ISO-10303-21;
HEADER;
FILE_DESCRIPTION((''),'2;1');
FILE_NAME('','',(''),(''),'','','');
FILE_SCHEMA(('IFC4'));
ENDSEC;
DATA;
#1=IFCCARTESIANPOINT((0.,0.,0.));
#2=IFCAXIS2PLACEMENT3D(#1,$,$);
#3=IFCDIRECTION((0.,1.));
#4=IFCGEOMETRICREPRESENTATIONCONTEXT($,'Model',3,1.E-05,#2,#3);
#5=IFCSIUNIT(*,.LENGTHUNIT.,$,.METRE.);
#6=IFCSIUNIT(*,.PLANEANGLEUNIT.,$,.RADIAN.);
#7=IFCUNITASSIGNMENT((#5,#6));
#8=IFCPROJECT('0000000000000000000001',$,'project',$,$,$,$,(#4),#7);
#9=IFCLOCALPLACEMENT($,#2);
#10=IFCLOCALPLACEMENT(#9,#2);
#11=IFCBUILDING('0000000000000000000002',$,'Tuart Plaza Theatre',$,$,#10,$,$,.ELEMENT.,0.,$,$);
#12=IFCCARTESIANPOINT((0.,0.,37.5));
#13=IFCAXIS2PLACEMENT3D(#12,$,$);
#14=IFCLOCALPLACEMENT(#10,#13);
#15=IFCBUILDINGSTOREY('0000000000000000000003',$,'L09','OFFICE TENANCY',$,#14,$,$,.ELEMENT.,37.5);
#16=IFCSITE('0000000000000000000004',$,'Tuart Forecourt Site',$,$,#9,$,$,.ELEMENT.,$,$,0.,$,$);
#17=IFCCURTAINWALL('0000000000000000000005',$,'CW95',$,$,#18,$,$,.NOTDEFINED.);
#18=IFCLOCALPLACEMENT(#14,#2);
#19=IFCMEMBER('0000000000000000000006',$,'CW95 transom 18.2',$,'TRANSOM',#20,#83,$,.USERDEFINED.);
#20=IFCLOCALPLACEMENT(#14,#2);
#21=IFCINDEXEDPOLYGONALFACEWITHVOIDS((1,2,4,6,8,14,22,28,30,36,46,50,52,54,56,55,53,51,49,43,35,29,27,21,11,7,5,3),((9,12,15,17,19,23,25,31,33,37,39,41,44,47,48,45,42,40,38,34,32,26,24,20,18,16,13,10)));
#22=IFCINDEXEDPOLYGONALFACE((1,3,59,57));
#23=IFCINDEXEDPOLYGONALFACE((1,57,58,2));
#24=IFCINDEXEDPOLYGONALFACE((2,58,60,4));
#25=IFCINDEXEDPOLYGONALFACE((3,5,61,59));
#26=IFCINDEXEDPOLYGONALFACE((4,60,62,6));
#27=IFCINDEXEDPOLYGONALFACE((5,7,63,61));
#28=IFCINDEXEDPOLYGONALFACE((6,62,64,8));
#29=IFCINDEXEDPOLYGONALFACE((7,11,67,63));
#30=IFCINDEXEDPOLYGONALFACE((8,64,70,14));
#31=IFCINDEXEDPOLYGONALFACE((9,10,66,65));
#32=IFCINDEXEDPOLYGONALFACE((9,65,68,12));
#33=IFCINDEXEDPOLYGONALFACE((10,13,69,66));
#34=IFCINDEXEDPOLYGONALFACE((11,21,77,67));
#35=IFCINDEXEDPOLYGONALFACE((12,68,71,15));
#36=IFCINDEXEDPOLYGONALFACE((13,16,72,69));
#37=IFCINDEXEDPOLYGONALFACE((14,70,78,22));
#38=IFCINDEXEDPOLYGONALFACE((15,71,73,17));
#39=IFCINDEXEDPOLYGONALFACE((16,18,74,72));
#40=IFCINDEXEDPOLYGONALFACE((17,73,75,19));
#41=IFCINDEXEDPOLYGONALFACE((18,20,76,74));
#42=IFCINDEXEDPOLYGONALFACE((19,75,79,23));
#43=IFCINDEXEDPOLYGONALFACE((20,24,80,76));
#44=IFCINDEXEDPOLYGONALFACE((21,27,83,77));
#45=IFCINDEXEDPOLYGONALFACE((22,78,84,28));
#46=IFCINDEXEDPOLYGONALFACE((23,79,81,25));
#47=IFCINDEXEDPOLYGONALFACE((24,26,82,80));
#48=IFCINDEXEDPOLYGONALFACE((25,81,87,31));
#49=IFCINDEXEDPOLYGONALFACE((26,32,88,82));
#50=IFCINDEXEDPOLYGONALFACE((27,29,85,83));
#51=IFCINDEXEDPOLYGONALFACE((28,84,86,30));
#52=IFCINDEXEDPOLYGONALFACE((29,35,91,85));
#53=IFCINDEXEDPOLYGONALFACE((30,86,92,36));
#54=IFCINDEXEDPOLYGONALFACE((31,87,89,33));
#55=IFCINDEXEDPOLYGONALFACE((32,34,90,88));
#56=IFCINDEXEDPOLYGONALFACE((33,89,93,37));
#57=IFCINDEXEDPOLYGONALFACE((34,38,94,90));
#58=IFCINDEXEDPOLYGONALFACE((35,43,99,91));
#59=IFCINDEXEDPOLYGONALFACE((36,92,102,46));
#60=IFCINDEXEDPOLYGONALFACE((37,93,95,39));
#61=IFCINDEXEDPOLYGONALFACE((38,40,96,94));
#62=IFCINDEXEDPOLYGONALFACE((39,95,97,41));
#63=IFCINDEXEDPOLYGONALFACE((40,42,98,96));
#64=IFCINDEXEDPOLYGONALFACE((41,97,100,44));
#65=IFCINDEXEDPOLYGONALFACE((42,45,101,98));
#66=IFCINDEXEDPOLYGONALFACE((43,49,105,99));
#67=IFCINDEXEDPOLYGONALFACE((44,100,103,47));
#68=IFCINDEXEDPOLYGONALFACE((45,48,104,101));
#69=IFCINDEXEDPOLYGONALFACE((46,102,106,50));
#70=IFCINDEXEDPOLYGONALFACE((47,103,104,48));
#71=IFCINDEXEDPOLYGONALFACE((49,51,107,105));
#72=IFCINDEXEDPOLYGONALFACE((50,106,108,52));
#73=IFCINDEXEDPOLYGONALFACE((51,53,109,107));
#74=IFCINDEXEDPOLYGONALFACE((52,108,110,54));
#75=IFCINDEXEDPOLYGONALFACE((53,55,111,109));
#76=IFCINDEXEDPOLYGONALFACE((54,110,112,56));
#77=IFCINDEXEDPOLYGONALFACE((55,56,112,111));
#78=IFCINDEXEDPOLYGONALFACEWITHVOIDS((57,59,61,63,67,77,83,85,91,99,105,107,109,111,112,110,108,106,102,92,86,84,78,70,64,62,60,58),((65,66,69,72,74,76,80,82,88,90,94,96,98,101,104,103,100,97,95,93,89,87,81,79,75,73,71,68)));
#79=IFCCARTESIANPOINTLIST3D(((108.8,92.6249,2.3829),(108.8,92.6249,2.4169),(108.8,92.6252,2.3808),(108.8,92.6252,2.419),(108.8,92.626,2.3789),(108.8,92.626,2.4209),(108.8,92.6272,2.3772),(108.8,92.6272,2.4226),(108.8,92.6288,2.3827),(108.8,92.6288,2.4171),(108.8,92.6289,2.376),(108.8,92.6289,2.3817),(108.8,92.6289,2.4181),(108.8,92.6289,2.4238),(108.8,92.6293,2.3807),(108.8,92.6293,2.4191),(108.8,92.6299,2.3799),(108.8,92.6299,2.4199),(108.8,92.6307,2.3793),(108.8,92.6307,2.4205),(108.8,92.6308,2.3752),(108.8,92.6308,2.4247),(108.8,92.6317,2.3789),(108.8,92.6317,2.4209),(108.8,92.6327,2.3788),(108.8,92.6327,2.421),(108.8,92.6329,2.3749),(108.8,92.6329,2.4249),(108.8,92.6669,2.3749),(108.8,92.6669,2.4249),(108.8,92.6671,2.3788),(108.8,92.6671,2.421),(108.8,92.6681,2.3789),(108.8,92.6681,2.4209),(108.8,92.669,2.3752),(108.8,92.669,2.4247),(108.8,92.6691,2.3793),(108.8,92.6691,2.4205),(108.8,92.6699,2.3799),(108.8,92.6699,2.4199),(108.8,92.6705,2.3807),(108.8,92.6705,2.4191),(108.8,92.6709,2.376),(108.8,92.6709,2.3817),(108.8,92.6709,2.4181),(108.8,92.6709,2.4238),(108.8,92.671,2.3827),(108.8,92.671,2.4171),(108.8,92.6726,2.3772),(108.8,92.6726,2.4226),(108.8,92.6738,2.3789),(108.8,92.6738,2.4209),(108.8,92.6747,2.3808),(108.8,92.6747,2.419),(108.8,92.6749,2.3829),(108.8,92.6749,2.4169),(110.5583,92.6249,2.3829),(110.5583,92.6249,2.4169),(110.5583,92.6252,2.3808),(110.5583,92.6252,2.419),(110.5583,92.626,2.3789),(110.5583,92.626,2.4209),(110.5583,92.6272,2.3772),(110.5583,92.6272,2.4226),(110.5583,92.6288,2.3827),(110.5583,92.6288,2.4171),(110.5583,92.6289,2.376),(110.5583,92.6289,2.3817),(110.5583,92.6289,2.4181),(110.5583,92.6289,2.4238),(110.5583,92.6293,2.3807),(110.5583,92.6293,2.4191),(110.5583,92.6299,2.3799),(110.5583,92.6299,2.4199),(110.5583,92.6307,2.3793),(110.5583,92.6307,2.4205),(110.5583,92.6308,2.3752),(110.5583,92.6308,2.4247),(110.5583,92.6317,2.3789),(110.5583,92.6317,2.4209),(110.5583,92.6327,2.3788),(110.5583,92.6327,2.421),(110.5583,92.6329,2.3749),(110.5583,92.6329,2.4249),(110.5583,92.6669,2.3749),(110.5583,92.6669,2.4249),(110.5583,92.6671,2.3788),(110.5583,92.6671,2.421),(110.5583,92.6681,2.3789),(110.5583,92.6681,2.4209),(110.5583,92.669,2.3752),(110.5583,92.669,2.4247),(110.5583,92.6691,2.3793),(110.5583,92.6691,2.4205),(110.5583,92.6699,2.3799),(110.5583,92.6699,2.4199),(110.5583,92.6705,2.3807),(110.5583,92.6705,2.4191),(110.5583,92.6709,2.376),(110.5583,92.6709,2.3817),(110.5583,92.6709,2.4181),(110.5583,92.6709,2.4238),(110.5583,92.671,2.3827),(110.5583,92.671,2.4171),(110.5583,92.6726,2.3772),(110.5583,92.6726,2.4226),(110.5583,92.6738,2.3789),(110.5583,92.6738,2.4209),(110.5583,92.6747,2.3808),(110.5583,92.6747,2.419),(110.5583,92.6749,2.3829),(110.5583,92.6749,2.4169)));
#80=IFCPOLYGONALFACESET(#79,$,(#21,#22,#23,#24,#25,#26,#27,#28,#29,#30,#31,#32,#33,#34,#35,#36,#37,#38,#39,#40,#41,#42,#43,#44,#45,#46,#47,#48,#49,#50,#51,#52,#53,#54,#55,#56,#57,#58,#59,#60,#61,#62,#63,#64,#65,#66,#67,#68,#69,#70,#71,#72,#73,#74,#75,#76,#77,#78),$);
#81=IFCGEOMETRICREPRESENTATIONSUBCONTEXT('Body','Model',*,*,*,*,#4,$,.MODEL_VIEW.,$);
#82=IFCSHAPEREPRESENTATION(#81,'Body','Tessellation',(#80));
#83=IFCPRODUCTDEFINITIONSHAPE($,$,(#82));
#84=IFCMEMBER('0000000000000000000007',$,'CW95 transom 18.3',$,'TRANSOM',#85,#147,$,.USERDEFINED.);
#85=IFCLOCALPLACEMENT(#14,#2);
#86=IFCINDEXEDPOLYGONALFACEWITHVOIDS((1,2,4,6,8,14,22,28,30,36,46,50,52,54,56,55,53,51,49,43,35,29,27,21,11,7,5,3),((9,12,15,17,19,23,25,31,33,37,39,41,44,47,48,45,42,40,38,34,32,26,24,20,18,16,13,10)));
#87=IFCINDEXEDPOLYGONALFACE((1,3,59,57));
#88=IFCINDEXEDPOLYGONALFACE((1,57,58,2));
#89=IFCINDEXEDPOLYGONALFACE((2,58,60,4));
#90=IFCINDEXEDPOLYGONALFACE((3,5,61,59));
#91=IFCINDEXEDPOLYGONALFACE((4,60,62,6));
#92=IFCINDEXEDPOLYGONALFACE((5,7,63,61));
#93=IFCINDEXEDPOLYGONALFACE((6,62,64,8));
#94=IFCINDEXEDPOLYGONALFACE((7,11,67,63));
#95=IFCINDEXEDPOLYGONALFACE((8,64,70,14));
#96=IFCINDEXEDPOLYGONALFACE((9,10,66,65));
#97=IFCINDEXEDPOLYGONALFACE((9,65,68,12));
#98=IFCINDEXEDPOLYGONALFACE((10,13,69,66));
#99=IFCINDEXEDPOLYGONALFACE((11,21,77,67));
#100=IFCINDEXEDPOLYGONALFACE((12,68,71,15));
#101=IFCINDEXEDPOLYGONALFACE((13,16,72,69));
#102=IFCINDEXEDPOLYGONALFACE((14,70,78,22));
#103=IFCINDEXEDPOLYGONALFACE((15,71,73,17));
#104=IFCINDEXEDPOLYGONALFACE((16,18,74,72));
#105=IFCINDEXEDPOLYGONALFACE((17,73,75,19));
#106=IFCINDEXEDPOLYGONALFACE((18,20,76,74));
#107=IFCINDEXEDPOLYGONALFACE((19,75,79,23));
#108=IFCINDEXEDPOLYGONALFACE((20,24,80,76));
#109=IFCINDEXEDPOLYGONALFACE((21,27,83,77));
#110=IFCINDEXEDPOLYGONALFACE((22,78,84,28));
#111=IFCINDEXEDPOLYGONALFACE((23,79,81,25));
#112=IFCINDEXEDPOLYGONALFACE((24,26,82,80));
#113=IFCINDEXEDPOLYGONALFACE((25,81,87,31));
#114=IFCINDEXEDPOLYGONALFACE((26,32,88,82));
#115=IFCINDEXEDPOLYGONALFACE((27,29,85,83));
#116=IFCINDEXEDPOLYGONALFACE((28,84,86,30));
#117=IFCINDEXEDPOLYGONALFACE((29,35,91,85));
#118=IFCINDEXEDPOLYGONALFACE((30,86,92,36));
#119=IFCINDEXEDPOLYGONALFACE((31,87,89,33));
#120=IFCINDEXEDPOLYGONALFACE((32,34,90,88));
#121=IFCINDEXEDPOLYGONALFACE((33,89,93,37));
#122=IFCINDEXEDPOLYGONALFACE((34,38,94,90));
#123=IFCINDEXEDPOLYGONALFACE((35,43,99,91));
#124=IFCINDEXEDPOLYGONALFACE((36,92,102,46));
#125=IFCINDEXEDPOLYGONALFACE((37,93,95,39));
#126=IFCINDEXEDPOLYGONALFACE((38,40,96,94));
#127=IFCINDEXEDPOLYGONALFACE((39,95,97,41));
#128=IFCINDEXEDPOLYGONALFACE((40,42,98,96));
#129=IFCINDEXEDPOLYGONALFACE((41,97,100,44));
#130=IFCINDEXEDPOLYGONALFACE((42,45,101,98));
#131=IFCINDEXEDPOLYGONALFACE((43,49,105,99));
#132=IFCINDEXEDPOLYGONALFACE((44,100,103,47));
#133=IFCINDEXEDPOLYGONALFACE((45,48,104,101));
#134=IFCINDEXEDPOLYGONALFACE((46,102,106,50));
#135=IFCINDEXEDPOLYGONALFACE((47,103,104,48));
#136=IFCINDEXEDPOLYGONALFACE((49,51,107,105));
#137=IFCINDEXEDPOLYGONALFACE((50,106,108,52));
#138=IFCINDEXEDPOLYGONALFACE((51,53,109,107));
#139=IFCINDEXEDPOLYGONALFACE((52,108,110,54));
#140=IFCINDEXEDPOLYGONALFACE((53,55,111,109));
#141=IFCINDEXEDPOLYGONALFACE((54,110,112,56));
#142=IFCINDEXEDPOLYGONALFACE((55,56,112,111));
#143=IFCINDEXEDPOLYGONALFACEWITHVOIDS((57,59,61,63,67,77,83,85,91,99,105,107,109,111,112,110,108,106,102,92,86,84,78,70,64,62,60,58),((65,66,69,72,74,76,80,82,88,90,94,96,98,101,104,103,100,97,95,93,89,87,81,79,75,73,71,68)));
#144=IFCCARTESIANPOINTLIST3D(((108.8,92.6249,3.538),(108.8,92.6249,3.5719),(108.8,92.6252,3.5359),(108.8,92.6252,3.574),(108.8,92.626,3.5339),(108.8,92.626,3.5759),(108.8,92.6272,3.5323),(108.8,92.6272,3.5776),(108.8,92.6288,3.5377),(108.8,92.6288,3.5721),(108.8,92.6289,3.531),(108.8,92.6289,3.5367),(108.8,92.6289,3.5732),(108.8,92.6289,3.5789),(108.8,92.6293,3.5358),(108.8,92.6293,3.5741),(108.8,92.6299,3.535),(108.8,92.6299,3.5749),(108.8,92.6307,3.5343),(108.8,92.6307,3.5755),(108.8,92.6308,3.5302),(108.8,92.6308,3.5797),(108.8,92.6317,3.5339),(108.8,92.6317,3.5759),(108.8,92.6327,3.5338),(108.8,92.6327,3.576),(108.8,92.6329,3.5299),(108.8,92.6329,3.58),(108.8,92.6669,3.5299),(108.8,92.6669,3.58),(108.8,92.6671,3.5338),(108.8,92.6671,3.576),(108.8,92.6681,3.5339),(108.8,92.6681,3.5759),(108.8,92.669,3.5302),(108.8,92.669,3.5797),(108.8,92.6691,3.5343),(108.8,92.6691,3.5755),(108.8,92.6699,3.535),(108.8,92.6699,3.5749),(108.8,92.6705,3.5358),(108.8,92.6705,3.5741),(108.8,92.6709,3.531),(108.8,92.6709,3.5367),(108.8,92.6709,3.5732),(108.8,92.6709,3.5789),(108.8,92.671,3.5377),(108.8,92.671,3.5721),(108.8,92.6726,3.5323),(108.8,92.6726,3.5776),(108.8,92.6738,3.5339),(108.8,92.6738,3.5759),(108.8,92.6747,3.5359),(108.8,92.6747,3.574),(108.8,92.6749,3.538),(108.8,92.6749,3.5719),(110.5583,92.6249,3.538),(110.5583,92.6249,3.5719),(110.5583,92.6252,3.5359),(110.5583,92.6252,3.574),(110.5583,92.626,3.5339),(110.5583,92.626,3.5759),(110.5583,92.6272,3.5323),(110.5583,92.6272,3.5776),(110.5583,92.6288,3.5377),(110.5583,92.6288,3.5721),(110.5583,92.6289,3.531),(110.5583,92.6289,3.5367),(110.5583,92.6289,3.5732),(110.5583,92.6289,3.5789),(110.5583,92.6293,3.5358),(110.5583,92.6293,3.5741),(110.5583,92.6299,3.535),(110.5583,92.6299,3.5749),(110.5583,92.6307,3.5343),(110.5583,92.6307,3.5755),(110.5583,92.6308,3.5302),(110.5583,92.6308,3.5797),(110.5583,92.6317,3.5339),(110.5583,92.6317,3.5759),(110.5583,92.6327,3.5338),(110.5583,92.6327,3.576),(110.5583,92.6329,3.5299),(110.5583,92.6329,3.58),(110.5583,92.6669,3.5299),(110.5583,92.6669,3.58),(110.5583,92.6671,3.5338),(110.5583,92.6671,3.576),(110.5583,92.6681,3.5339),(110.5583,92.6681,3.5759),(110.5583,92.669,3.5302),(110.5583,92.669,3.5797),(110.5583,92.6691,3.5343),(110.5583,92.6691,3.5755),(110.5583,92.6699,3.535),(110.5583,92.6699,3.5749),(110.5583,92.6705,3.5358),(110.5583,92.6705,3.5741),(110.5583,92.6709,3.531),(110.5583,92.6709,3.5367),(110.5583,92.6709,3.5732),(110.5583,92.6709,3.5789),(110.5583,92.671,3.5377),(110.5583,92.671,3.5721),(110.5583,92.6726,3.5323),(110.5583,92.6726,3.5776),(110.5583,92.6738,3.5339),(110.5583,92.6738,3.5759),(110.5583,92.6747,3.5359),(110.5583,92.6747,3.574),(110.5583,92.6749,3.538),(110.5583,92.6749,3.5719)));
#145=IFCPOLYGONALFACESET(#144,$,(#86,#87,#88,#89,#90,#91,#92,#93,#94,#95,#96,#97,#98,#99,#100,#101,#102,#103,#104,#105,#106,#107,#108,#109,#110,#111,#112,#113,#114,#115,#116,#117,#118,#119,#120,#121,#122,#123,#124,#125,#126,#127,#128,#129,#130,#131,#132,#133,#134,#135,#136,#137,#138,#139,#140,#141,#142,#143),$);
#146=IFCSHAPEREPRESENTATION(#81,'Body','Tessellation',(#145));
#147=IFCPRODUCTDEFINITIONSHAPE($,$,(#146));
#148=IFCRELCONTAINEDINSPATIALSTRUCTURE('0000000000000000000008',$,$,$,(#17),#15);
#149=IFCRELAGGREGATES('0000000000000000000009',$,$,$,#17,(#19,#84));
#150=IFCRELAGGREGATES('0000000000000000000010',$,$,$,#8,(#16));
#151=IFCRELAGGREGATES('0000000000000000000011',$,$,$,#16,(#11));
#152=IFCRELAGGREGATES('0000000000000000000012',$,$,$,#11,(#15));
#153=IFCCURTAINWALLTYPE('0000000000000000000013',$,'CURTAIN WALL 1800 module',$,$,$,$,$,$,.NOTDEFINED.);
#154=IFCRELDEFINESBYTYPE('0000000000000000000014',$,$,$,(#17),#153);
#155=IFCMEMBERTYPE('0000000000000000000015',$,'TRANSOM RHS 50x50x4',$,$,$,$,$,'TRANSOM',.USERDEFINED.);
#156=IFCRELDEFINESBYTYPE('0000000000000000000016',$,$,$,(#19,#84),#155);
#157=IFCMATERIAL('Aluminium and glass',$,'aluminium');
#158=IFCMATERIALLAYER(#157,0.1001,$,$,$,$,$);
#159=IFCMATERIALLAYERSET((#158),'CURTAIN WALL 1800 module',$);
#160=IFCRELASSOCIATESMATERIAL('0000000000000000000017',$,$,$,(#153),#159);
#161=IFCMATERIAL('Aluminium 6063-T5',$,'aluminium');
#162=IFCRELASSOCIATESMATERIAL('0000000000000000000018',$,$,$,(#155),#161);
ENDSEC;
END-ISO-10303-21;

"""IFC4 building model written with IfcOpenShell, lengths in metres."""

from ifc_helpers import new_model, si_unit, direction, frame, origin, origin_2d, place, context, subcontext, project, spatial, hollow_rectangle, extrude, material, layer, layer_set, material_profile, profile_set, type_object, element, aggregate, save


model = new_model("IFC4")

# Units and contexts
model_context = context("Model", 3, precision=1e-05, world=origin(), true_north=direction((0.0, 1.0)))
body_context = subcontext(model_context, "Body", "Model", "MODEL_VIEW")
ifc_project = project(units=[si_unit("LENGTHUNIT", "METRE"), si_unit("PLANEANGLEUNIT", "RADIAN")], contexts=[model_context])

# Site, building, storey
site_placement = place(None, origin())
site = spatial("IfcSite", under=ifc_project, at=site_placement, Name="Tuart Forecourt Site", CompositionType="ELEMENT", RefElevation=0.0)
building_placement = place(site_placement, origin())
building = spatial("IfcBuilding", under=site, at=building_placement, Name="Tuart Plaza Theatre", CompositionType="ELEMENT", ElevationOfRefHeight=0.0)
storey_placement = place(building_placement, frame((0.0, 0.0, 37.5)))
storey = spatial("IfcBuildingStorey", under=building, at=storey_placement, Name="L09", Description="OFFICE TENANCY", CompositionType="ELEMENT", Elevation=37.5)

# Curtain wall, members
ifc_material_1 = material(Name="Aluminium and glass", Category="aluminium")
ifc_layer_1 = layer(ifc_material_1, 0.1001)
ifc_layer_set_1 = layer_set([ifc_layer_1], Name="CURTAIN WALL 1800 module")
curtain_wall_type_1 = type_object("IfcCurtainWallType", Name="CURTAIN WALL 1800 module", PredefinedType="NOTDEFINED", material=ifc_layer_set_1)
curtain_wall_1_placement = place(storey_placement, origin())
curtain_wall_1 = element("IfcCurtainWall", 1, at=curtain_wall_1_placement, inside=storey, type_object=curtain_wall_type_1, Name="CW95", PredefinedType="NOTDEFINED")
ifc_material_2 = material(Name="Aluminium 6063-T5", Category="aluminium")
ifc_material_profile_1 = material_profile(ifc_material_2, hollow_rectangle(XDim=0.05, YDim=0.05, WallThickness=0.0039, InnerFilletRadius=0.0039, OuterFilletRadius=0.0081, at=origin_2d()), Name="RHS 50x50x4")
ifc_profile_set_1 = profile_set([ifc_material_profile_1], Name="Aluminium 6063-T5")
member_type_1 = type_object("IfcMemberType", Name="TRANSOM RHS 50x50x4", ElementType="TRANSOM", PredefinedType="USERDEFINED", material=ifc_profile_set_1)
member_1_placement = place(storey_placement, frame((110.5583, 92.6499, 2.3999), z_axis=(-1.0, 0.0, 0.0), x_axis=(0.0, -1.0, 0.0)))
member_1 = element("IfcMember", 2, at=member_1_placement, type_object=member_type_1, Name="CW95 transom 18.2", ObjectType="TRANSOM", PredefinedType="USERDEFINED", context=body_context, shape_type="SweptSolid", body=[
    extrude(hollow_rectangle(XDim=0.05, YDim=0.05, WallThickness=0.0039, InnerFilletRadius=0.0039, OuterFilletRadius=0.0081, at=origin_2d()), origin(), (0.0, 0.0, 1.0), 1.7583),
])
member_2_placement = place(storey_placement, frame((110.5583, 92.6499, 3.5549), z_axis=(-1.0, 0.0, 0.0), x_axis=(0.0, -1.0, 0.0)))
member_2 = element("IfcMember", 3, at=member_2_placement, type_object=member_type_1, Name="CW95 transom 18.3", ObjectType="TRANSOM", PredefinedType="USERDEFINED", context=body_context, shape_type="SweptSolid", body=[
    extrude(hollow_rectangle(XDim=0.05, YDim=0.05, WallThickness=0.0039, InnerFilletRadius=0.0039, OuterFilletRadius=0.0081, at=origin_2d()), origin(), (0.0, 0.0, 1.0), 1.7583),
])

aggregate(curtain_wall_1, [member_1, member_2])

save(model, "model.ifc")
